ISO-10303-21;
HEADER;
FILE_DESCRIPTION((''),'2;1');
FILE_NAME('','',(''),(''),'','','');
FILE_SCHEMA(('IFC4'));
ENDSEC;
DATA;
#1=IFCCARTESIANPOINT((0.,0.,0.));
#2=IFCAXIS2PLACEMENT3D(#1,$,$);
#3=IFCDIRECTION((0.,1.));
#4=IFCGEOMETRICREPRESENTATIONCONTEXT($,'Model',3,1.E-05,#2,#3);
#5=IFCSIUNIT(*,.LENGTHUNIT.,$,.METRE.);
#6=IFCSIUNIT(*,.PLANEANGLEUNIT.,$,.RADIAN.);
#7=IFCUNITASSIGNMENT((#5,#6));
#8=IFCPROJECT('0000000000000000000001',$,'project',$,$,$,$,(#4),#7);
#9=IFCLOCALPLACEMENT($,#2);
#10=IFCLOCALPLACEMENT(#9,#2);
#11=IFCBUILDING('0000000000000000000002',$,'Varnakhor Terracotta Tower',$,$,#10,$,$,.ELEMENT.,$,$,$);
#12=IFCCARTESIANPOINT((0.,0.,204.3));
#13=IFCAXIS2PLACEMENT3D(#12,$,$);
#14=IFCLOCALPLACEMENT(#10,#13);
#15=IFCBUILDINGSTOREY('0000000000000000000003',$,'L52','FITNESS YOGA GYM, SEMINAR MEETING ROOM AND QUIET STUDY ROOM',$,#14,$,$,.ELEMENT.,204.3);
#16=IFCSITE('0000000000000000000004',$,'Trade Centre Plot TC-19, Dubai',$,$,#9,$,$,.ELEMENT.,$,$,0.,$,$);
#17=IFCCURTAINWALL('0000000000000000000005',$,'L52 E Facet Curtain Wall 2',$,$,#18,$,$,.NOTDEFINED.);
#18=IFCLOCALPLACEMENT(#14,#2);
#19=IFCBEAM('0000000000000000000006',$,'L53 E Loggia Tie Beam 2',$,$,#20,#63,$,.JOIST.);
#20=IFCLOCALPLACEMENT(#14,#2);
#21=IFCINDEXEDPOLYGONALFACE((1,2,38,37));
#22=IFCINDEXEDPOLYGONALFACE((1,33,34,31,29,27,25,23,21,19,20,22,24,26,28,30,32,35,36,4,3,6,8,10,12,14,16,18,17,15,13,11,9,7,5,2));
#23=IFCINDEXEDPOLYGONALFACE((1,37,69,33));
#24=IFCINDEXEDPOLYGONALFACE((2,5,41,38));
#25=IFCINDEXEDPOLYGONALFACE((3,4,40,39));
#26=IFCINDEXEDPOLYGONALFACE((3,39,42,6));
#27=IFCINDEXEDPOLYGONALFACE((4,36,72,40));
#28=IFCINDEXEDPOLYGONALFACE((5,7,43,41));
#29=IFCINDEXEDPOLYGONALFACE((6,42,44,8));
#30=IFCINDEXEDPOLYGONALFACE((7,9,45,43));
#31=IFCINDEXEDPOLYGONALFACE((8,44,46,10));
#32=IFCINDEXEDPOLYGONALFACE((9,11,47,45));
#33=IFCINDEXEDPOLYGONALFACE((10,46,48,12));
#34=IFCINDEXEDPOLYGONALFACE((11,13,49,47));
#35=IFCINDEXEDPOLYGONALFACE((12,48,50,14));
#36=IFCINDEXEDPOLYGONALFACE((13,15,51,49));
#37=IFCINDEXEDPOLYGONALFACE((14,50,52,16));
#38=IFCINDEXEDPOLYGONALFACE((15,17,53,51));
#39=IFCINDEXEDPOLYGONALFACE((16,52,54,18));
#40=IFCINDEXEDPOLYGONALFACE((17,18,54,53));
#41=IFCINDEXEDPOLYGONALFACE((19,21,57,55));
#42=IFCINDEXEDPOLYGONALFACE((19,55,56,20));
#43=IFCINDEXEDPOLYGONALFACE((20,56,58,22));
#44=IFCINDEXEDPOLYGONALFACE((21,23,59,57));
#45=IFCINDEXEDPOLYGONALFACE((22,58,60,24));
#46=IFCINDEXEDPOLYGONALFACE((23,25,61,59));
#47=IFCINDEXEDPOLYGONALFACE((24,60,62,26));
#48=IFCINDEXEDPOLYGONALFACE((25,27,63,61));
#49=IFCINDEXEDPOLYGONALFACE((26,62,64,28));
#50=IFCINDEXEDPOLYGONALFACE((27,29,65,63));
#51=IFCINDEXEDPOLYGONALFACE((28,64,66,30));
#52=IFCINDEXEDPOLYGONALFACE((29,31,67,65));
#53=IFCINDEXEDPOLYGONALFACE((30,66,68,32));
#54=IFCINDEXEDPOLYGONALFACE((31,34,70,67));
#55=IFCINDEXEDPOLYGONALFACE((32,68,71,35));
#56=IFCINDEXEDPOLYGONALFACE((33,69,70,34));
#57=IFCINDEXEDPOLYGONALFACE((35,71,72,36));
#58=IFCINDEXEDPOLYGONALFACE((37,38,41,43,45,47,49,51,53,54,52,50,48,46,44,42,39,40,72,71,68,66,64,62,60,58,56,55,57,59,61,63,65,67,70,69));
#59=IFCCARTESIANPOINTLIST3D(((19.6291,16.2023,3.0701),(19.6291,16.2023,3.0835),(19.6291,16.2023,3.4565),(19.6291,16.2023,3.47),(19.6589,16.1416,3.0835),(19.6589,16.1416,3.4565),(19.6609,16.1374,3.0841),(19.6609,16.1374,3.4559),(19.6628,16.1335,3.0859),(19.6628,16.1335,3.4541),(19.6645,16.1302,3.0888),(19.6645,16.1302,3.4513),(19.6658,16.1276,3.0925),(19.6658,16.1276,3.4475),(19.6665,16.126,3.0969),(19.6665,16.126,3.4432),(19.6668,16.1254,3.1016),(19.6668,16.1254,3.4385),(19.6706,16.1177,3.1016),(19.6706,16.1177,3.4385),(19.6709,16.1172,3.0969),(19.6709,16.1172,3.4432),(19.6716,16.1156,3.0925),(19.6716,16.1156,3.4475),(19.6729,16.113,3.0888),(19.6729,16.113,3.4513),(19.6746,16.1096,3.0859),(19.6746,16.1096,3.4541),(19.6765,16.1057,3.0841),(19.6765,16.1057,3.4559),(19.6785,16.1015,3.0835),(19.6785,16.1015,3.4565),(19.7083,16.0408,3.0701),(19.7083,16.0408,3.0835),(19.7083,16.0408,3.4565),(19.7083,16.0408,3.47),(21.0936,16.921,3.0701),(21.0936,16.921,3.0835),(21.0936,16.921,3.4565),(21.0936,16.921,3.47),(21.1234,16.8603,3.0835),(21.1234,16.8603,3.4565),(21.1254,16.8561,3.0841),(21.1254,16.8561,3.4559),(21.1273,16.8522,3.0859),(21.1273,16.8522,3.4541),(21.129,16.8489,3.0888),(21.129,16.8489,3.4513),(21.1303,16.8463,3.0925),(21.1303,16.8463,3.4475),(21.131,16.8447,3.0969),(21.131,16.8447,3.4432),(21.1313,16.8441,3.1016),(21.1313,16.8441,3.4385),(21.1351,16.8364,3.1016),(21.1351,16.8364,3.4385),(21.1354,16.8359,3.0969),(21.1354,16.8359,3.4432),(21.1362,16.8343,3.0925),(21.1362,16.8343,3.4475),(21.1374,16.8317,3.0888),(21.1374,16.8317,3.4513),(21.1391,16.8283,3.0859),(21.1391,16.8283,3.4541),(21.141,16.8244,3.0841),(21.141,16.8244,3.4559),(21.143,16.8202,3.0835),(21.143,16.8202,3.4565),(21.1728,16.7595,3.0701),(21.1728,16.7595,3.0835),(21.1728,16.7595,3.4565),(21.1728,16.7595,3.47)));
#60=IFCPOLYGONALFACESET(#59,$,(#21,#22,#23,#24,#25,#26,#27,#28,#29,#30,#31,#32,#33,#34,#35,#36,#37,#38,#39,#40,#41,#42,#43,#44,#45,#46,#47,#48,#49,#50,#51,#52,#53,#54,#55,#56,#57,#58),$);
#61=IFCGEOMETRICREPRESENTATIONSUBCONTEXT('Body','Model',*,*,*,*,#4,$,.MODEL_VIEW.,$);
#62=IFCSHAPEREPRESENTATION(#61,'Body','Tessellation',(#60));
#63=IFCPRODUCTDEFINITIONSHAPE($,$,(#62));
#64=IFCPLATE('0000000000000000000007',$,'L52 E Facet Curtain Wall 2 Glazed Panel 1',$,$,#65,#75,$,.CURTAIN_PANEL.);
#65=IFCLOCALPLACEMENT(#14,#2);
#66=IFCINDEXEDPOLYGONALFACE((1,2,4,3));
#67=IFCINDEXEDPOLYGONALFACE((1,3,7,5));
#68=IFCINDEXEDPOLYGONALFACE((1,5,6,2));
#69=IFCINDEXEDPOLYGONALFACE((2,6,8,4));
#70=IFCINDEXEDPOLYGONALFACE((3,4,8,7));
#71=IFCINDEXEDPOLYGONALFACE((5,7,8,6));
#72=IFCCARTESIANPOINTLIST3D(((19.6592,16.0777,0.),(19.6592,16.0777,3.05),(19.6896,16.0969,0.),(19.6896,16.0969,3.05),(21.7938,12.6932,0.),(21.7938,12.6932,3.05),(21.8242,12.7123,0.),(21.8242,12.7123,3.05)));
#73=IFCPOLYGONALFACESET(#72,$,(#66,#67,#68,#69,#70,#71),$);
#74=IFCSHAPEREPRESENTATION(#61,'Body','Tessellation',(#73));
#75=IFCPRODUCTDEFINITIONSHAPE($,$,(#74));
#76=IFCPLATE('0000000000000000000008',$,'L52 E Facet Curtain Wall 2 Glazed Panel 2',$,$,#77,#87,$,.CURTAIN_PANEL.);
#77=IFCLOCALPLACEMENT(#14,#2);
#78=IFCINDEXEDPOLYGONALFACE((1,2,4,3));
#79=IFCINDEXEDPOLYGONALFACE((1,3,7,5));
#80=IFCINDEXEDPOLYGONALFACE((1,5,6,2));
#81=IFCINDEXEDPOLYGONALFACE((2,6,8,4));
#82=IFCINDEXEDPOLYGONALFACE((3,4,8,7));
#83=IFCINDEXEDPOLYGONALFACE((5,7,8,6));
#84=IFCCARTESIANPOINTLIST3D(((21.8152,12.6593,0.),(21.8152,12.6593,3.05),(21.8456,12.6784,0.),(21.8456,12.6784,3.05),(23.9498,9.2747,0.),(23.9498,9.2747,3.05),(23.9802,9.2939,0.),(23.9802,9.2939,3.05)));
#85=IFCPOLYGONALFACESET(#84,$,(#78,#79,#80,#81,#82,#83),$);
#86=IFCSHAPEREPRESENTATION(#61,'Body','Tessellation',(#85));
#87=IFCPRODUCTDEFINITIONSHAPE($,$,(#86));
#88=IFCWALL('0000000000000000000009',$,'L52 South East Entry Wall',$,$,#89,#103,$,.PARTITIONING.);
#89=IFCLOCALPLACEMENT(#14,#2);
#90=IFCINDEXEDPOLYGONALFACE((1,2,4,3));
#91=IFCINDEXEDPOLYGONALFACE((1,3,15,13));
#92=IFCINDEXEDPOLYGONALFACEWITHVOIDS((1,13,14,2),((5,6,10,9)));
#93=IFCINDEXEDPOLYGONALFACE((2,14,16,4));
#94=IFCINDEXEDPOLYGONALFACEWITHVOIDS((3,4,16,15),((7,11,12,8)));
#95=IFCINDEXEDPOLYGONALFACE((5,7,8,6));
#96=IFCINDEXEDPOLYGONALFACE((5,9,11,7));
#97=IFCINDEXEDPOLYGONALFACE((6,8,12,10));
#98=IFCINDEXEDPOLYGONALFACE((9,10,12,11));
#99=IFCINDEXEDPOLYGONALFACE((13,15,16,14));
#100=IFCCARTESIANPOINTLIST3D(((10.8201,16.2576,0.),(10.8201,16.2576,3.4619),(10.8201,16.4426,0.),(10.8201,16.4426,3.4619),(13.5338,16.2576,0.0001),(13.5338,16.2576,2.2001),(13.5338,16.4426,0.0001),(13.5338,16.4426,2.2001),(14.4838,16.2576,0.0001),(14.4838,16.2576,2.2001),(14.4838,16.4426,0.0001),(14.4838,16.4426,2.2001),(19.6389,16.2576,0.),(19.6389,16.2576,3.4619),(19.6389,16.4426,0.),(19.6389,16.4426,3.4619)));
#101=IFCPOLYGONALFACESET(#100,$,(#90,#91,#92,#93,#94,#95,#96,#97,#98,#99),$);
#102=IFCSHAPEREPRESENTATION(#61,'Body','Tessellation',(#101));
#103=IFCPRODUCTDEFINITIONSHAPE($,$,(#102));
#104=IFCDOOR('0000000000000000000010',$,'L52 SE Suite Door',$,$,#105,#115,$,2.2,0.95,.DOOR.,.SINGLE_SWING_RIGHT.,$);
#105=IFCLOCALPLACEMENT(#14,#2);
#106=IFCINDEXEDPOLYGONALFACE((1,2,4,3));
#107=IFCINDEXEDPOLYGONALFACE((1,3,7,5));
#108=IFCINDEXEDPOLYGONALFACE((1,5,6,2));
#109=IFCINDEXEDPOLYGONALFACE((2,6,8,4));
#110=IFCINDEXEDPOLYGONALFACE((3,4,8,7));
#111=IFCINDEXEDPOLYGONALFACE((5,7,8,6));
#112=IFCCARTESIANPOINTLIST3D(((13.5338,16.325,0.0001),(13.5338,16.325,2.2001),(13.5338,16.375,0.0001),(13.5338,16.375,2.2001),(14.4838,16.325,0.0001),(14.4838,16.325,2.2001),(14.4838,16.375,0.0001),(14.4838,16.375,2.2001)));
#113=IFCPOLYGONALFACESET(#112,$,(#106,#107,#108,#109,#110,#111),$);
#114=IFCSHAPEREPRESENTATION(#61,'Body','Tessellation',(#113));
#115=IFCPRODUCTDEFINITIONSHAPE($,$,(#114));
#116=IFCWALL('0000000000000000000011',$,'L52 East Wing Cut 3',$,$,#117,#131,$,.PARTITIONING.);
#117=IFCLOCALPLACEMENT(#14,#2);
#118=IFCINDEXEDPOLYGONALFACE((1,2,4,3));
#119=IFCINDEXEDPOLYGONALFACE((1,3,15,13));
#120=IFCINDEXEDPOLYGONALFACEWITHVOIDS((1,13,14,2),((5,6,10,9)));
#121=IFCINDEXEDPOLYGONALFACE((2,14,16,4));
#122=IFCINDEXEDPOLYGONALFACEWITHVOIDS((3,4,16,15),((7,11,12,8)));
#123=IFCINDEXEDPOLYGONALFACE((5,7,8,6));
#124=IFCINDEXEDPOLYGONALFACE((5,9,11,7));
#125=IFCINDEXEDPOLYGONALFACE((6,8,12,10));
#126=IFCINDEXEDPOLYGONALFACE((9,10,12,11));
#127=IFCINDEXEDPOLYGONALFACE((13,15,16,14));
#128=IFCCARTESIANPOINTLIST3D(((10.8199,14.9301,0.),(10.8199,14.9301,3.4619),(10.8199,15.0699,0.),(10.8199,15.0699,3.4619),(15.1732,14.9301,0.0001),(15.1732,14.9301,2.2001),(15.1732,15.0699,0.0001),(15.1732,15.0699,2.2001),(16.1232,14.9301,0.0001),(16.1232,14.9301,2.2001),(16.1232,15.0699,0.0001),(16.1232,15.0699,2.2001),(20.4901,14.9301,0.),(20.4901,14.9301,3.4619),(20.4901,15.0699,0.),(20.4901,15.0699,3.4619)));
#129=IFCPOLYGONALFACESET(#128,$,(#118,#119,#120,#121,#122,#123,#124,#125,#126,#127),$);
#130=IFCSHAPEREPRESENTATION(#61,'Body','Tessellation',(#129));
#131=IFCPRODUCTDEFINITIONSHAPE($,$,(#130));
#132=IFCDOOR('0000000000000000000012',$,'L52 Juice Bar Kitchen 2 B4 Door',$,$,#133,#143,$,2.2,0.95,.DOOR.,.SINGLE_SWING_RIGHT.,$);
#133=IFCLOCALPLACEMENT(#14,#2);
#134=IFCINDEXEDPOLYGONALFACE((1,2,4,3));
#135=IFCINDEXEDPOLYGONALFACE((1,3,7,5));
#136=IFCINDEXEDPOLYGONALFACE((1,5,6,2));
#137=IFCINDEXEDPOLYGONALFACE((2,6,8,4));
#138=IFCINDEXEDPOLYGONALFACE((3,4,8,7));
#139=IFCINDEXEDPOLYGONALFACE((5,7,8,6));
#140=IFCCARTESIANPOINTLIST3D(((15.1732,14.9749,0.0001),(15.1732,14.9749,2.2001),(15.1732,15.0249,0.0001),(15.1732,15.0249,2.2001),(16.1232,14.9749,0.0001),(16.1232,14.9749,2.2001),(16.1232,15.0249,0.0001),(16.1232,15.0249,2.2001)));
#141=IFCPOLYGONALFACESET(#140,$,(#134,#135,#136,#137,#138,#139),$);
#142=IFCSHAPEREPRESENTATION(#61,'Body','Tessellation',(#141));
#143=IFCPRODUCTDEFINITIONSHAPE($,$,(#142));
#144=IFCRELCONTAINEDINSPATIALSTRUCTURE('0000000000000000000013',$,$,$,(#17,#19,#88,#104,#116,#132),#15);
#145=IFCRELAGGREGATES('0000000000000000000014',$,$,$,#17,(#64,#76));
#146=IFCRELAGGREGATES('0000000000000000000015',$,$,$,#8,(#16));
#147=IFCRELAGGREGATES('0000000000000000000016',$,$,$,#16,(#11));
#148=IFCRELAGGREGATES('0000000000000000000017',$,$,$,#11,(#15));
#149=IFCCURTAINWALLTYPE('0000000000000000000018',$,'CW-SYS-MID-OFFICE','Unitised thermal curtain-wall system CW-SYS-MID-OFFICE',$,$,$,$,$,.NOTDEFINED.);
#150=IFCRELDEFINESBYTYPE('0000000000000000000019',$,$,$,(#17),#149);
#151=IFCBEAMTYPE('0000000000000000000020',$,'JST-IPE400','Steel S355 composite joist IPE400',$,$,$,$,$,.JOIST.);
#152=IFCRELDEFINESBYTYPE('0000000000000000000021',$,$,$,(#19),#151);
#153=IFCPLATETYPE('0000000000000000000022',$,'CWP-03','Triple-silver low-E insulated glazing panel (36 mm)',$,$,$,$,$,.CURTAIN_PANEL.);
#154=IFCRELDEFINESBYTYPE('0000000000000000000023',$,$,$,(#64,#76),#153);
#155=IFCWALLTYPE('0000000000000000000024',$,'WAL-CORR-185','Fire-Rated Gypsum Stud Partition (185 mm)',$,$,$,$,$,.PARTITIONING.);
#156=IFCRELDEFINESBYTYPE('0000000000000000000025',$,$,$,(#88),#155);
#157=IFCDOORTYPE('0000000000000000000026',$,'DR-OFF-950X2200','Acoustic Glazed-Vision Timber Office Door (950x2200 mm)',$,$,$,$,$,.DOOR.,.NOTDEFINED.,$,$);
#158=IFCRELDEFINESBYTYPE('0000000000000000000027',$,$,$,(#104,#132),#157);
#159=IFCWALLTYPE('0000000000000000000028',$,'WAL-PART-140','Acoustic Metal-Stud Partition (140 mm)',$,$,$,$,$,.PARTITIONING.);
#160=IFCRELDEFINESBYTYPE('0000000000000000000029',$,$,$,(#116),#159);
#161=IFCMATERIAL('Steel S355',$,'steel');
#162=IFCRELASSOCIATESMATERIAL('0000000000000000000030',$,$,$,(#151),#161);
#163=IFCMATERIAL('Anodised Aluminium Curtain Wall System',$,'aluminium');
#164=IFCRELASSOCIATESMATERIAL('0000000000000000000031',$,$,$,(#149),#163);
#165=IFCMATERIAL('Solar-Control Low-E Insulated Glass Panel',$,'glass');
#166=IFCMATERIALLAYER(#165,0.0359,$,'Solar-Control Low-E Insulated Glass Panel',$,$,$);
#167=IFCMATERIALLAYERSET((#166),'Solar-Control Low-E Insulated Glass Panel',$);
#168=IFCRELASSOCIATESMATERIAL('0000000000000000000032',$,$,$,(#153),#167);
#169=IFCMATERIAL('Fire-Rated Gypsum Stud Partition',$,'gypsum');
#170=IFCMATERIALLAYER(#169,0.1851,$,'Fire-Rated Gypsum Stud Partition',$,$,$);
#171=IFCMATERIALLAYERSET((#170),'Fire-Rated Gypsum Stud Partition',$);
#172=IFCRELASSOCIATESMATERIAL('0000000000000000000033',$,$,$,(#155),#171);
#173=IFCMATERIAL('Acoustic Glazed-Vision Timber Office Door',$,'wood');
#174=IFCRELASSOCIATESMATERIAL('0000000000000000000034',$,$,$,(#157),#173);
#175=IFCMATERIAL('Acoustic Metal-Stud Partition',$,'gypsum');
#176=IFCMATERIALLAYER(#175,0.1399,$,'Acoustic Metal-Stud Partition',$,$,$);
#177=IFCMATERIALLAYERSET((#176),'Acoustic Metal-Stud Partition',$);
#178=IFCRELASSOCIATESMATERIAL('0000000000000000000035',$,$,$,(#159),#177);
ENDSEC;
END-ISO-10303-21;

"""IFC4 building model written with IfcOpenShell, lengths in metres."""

from ifc_helpers import new_model, si_unit, direction, frame, frame_2d, origin, origin_2d, place, context, subcontext, project, spatial, rectangle, i_section, extrude, source, transform, mapped, material, layer, layer_set, material_profile, profile_set, type_object, type_shapes, element, fill, aggregate, save


model = new_model("IFC4")

# Units and contexts
model_context = context("Model", 3, precision=1e-05, world=origin(), true_north=direction((0.0, 1.0)))
body_context = subcontext(model_context, "Body", "Model", "MODEL_VIEW")
ifc_project = project(units=[si_unit("LENGTHUNIT", "METRE"), si_unit("PLANEANGLEUNIT", "RADIAN")], contexts=[model_context])

# Site, building, storey
site_placement = place(None, origin())
site = spatial("IfcSite", under=ifc_project, at=site_placement, Name="Trade Centre Plot TC-19, Dubai", CompositionType="ELEMENT", RefElevation=0.0)
building_placement = place(site_placement, origin())
building = spatial("IfcBuilding", under=site, at=building_placement, Name="Varnakhor Terracotta Tower", CompositionType="ELEMENT")
storey_placement = place(building_placement, frame((0.0, 0.0, 204.3)))
storey = spatial("IfcBuildingStorey", under=building, at=storey_placement, Name="L52", Description="FITNESS YOGA GYM, SEMINAR MEETING ROOM AND QUIET STUDY ROOM", CompositionType="ELEMENT", Elevation=204.3)

# Shared definitions
ifc_material_1 = material(Name="Steel S355", Category="steel")
ifc_material_profile_1 = material_profile(ifc_material_1, i_section(OverallWidth=0.1799, OverallDepth=0.3999, WebThickness=0.0085, FlangeThickness=0.0134, FilletRadius=0.0181, at=origin_2d()), Name="IPE400")
ifc_profile_set_1 = profile_set([ifc_material_profile_1], Name="Steel S355")
beam_type = type_object("IfcBeamType", Name="JST-IPE400", Description="Steel S355 composite joist IPE400", PredefinedType="JOIST", material=ifc_profile_set_1)

# Curtain wall
ifc_material_2 = material(Name="Anodised Aluminium Curtain Wall System", Category="aluminium")
curtain_wall_type = type_object("IfcCurtainWallType", Name="CW-SYS-MID-OFFICE", Description="Unitised thermal curtain-wall system CW-SYS-MID-OFFICE", PredefinedType="NOTDEFINED", material=ifc_material_2)
curtain_wall_placement = place(storey_placement, origin())
curtain_wall = element("IfcCurtainWall", 1, at=curtain_wall_placement, inside=storey, type_object=curtain_wall_type, Name="L52 E Facet Curtain Wall 2", PredefinedType="NOTDEFINED")

# Beam
shared_shape_1 = source(origin(), body_context, "Body", "SweptSolid", [
    extrude(i_section(OverallWidth=0.1799, OverallDepth=0.3999, WebThickness=0.0085, FlangeThickness=0.0134, FilletRadius=0.0181, at=origin_2d()), origin(), (0.0, 0.0, 1.0), 1.6313),
])
beam_1_placement = place(storey_placement, frame((19.6687, 16.1216, 3.27), z_axis=(0.897725, 0.440557, 0.0), x_axis=(-0.440557, 0.897725, 0.0)))
element("IfcBeam", 2, at=beam_1_placement, inside=storey, type_object=beam_type, Name="L53 E Loggia Tie Beam 2", PredefinedType="JOIST", context=body_context, shape_type="MappedRepresentation", body=[
    mapped(shared_shape_1, transform((0.0, 0.0, 0.0), scale=1.0)),
])

# Plates
ifc_material_3 = material(Name="Solar-Control Low-E Insulated Glass Panel", Category="glass")
ifc_layer_1 = layer(ifc_material_3, 0.0359, Name="Solar-Control Low-E Insulated Glass Panel")
ifc_layer_set_1 = layer_set([ifc_layer_1], Name="Solar-Control Low-E Insulated Glass Panel")
plate_type = type_object("IfcPlateType", Name="CWP-03", Description="Triple-silver low-E insulated glazing panel (36 mm)", PredefinedType="CURTAIN_PANEL", material=ifc_layer_set_1)
shared_shape_2 = source(origin(), body_context, "Body", "SweptSolid", [
    extrude(rectangle(XDim=4.0015, YDim=0.0359, at=origin_2d()), origin(), (0.0, 0.0, 1.0), 3.05),
])
plate_1_placement = place(storey_placement, frame((20.7417, 14.395, 0.0), z_axis=(0.0, 0.0, 1.0), x_axis=(0.533452, -0.84583, 0.0)))
plate_1 = element("IfcPlate", 3, at=plate_1_placement, type_object=plate_type, Name="L52 E Facet Curtain Wall 2 Glazed Panel 1", PredefinedType="CURTAIN_PANEL", context=body_context, shape_type="MappedRepresentation", body=[
    mapped(shared_shape_2, transform((0.0, 0.0, 0.0), scale=1.0)),
])
plate_2_placement = place(storey_placement, frame((22.8977, 10.9766, 0.0), z_axis=(0.0, 0.0, 1.0), x_axis=(0.533452, -0.84583, 0.0)))
plate_2 = element("IfcPlate", 4, at=plate_2_placement, type_object=plate_type, Name="L52 E Facet Curtain Wall 2 Glazed Panel 2", PredefinedType="CURTAIN_PANEL", context=body_context, shape_type="MappedRepresentation", body=[
    mapped(shared_shape_2, transform((0.0, 0.0, 0.0), scale=1.0)),
])
aggregate(curtain_wall, [plate_1, plate_2])

# Walls, openings, doors
ifc_material_4 = material(Name="Fire-Rated Gypsum Stud Partition", Category="gypsum")
ifc_layer_2 = layer(ifc_material_4, 0.1851, Name="Fire-Rated Gypsum Stud Partition")
ifc_layer_set_2 = layer_set([ifc_layer_2], Name="Fire-Rated Gypsum Stud Partition")
wall_type_1 = type_object("IfcWallType", Name="WAL-CORR-185", Description="Fire-Rated Gypsum Stud Partition (185 mm)", PredefinedType="PARTITIONING", material=ifc_layer_set_2)
wall_1_placement = place(storey_placement, frame((10.8201, 16.3501, 0.0), z_axis=(0.0, 0.0, 1.0), x_axis=(1.0, 0.0, 0.0)))
wall_1 = element("IfcWall", 5, at=wall_1_placement, inside=storey, type_object=wall_type_1, Name="L52 South East Entry Wall", PredefinedType="PARTITIONING", context=body_context, shape_type="SweptSolid", body=[
    extrude(rectangle(XDim=8.8188, YDim=0.1851, at=frame_2d((4.4094, 0.0))), origin(), (0.0, 0.0, 1.0), 3.4619),
])
opening_1_placement = place(wall_1_placement, frame((2.7136, 0.0, 0.0)))
opening_1 = element("IfcOpeningElement", 6, at=opening_1_placement, cuts=wall_1, PredefinedType="OPENING", context=body_context, shape_type="SweptSolid", body=[
    extrude(rectangle(XDim=0.95, YDim=2.2, at=frame_2d((0.4751, 1.1001))), frame((0.0, 0.1025, 0.0), z_axis=(0.0, -1.0, 0.0), x_axis=(1.0, 0.0, 0.0)), (0.0, 0.0, 1.0), 0.2051),
])
ifc_material_5 = material(Name="Acoustic Glazed-Vision Timber Office Door", Category="wood")
door_type = type_object("IfcDoorType", Name="DR-OFF-950X2200", Description="Acoustic Glazed-Vision Timber Office Door (950x2200 mm)", OperationType="NOTDEFINED", PredefinedType="DOOR", material=ifc_material_5)
shared_shape_3 = source(origin(), body_context, "Body", "SweptSolid", [
    extrude(rectangle(XDim=0.95, YDim=2.2, at=frame_2d((0.4751, 1.1001))), frame((0.0, 0.0249, 0.0), z_axis=(0.0, -1.0, 0.0), x_axis=(1.0, 0.0, 0.0)), (0.0, 0.0, 1.0), 0.05),
])
type_shapes(door_type, [shared_shape_3])
door_1_placement = place(opening_1_placement, origin())
door_1 = element("IfcDoor", 7, at=door_1_placement, inside=storey, type_object=door_type, Name="L52 SE Suite Door", OperationType="SINGLE_SWING_RIGHT", OverallHeight=2.2, OverallWidth=0.95, PredefinedType="DOOR", context=body_context, shape_type="MappedRepresentation", body=[
    mapped(shared_shape_3, transform((0.0, 0.0, 0.0), scale=1.0)),
])
fill(opening_1, door_1)
ifc_material_6 = material(Name="Acoustic Metal-Stud Partition", Category="gypsum")
ifc_layer_3 = layer(ifc_material_6, 0.1399, Name="Acoustic Metal-Stud Partition")
ifc_layer_set_3 = layer_set([ifc_layer_3], Name="Acoustic Metal-Stud Partition")
wall_type_2 = type_object("IfcWallType", Name="WAL-PART-140", Description="Acoustic Metal-Stud Partition (140 mm)", PredefinedType="PARTITIONING", material=ifc_layer_set_3)
wall_2_placement = place(storey_placement, frame((10.8201, 15.0, 0.0), z_axis=(0.0, 0.0, 1.0), x_axis=(1.0, 0.0, 0.0)))
wall_2 = element("IfcWall", 8, at=wall_2_placement, inside=storey, type_object=wall_type_2, Name="L52 East Wing Cut 3", PredefinedType="PARTITIONING", context=body_context, shape_type="SweptSolid", body=[
    extrude(rectangle(XDim=9.6702, YDim=0.1399, at=frame_2d((4.835, 0.0))), origin(), (0.0, 0.0, 1.0), 3.4619),
])
opening_2_placement = place(wall_2_placement, frame((4.353, 0.0, 0.0)))
opening_2 = element("IfcOpeningElement", 9, at=opening_2_placement, cuts=wall_2, PredefinedType="OPENING", context=body_context, shape_type="SweptSolid", body=[
    extrude(rectangle(XDim=0.95, YDim=2.2, at=frame_2d((0.4751, 1.1001))), frame((0.0, 0.0801, 0.0), z_axis=(0.0, -1.0, 0.0), x_axis=(1.0, 0.0, 0.0)), (0.0, 0.0, 1.0), 0.1599),
])
door_2_placement = place(opening_2_placement, origin())
door_2 = element("IfcDoor", 10, at=door_2_placement, inside=storey, type_object=door_type, Name="L52 Juice Bar Kitchen 2 B4 Door", OperationType="SINGLE_SWING_RIGHT", OverallHeight=2.2, OverallWidth=0.95, PredefinedType="DOOR", context=body_context, shape_type="MappedRepresentation", body=[
    mapped(shared_shape_3, transform((0.0, 0.0, 0.0), scale=1.0)),
])
fill(opening_2, door_2)

save(model, "model.ifc")
